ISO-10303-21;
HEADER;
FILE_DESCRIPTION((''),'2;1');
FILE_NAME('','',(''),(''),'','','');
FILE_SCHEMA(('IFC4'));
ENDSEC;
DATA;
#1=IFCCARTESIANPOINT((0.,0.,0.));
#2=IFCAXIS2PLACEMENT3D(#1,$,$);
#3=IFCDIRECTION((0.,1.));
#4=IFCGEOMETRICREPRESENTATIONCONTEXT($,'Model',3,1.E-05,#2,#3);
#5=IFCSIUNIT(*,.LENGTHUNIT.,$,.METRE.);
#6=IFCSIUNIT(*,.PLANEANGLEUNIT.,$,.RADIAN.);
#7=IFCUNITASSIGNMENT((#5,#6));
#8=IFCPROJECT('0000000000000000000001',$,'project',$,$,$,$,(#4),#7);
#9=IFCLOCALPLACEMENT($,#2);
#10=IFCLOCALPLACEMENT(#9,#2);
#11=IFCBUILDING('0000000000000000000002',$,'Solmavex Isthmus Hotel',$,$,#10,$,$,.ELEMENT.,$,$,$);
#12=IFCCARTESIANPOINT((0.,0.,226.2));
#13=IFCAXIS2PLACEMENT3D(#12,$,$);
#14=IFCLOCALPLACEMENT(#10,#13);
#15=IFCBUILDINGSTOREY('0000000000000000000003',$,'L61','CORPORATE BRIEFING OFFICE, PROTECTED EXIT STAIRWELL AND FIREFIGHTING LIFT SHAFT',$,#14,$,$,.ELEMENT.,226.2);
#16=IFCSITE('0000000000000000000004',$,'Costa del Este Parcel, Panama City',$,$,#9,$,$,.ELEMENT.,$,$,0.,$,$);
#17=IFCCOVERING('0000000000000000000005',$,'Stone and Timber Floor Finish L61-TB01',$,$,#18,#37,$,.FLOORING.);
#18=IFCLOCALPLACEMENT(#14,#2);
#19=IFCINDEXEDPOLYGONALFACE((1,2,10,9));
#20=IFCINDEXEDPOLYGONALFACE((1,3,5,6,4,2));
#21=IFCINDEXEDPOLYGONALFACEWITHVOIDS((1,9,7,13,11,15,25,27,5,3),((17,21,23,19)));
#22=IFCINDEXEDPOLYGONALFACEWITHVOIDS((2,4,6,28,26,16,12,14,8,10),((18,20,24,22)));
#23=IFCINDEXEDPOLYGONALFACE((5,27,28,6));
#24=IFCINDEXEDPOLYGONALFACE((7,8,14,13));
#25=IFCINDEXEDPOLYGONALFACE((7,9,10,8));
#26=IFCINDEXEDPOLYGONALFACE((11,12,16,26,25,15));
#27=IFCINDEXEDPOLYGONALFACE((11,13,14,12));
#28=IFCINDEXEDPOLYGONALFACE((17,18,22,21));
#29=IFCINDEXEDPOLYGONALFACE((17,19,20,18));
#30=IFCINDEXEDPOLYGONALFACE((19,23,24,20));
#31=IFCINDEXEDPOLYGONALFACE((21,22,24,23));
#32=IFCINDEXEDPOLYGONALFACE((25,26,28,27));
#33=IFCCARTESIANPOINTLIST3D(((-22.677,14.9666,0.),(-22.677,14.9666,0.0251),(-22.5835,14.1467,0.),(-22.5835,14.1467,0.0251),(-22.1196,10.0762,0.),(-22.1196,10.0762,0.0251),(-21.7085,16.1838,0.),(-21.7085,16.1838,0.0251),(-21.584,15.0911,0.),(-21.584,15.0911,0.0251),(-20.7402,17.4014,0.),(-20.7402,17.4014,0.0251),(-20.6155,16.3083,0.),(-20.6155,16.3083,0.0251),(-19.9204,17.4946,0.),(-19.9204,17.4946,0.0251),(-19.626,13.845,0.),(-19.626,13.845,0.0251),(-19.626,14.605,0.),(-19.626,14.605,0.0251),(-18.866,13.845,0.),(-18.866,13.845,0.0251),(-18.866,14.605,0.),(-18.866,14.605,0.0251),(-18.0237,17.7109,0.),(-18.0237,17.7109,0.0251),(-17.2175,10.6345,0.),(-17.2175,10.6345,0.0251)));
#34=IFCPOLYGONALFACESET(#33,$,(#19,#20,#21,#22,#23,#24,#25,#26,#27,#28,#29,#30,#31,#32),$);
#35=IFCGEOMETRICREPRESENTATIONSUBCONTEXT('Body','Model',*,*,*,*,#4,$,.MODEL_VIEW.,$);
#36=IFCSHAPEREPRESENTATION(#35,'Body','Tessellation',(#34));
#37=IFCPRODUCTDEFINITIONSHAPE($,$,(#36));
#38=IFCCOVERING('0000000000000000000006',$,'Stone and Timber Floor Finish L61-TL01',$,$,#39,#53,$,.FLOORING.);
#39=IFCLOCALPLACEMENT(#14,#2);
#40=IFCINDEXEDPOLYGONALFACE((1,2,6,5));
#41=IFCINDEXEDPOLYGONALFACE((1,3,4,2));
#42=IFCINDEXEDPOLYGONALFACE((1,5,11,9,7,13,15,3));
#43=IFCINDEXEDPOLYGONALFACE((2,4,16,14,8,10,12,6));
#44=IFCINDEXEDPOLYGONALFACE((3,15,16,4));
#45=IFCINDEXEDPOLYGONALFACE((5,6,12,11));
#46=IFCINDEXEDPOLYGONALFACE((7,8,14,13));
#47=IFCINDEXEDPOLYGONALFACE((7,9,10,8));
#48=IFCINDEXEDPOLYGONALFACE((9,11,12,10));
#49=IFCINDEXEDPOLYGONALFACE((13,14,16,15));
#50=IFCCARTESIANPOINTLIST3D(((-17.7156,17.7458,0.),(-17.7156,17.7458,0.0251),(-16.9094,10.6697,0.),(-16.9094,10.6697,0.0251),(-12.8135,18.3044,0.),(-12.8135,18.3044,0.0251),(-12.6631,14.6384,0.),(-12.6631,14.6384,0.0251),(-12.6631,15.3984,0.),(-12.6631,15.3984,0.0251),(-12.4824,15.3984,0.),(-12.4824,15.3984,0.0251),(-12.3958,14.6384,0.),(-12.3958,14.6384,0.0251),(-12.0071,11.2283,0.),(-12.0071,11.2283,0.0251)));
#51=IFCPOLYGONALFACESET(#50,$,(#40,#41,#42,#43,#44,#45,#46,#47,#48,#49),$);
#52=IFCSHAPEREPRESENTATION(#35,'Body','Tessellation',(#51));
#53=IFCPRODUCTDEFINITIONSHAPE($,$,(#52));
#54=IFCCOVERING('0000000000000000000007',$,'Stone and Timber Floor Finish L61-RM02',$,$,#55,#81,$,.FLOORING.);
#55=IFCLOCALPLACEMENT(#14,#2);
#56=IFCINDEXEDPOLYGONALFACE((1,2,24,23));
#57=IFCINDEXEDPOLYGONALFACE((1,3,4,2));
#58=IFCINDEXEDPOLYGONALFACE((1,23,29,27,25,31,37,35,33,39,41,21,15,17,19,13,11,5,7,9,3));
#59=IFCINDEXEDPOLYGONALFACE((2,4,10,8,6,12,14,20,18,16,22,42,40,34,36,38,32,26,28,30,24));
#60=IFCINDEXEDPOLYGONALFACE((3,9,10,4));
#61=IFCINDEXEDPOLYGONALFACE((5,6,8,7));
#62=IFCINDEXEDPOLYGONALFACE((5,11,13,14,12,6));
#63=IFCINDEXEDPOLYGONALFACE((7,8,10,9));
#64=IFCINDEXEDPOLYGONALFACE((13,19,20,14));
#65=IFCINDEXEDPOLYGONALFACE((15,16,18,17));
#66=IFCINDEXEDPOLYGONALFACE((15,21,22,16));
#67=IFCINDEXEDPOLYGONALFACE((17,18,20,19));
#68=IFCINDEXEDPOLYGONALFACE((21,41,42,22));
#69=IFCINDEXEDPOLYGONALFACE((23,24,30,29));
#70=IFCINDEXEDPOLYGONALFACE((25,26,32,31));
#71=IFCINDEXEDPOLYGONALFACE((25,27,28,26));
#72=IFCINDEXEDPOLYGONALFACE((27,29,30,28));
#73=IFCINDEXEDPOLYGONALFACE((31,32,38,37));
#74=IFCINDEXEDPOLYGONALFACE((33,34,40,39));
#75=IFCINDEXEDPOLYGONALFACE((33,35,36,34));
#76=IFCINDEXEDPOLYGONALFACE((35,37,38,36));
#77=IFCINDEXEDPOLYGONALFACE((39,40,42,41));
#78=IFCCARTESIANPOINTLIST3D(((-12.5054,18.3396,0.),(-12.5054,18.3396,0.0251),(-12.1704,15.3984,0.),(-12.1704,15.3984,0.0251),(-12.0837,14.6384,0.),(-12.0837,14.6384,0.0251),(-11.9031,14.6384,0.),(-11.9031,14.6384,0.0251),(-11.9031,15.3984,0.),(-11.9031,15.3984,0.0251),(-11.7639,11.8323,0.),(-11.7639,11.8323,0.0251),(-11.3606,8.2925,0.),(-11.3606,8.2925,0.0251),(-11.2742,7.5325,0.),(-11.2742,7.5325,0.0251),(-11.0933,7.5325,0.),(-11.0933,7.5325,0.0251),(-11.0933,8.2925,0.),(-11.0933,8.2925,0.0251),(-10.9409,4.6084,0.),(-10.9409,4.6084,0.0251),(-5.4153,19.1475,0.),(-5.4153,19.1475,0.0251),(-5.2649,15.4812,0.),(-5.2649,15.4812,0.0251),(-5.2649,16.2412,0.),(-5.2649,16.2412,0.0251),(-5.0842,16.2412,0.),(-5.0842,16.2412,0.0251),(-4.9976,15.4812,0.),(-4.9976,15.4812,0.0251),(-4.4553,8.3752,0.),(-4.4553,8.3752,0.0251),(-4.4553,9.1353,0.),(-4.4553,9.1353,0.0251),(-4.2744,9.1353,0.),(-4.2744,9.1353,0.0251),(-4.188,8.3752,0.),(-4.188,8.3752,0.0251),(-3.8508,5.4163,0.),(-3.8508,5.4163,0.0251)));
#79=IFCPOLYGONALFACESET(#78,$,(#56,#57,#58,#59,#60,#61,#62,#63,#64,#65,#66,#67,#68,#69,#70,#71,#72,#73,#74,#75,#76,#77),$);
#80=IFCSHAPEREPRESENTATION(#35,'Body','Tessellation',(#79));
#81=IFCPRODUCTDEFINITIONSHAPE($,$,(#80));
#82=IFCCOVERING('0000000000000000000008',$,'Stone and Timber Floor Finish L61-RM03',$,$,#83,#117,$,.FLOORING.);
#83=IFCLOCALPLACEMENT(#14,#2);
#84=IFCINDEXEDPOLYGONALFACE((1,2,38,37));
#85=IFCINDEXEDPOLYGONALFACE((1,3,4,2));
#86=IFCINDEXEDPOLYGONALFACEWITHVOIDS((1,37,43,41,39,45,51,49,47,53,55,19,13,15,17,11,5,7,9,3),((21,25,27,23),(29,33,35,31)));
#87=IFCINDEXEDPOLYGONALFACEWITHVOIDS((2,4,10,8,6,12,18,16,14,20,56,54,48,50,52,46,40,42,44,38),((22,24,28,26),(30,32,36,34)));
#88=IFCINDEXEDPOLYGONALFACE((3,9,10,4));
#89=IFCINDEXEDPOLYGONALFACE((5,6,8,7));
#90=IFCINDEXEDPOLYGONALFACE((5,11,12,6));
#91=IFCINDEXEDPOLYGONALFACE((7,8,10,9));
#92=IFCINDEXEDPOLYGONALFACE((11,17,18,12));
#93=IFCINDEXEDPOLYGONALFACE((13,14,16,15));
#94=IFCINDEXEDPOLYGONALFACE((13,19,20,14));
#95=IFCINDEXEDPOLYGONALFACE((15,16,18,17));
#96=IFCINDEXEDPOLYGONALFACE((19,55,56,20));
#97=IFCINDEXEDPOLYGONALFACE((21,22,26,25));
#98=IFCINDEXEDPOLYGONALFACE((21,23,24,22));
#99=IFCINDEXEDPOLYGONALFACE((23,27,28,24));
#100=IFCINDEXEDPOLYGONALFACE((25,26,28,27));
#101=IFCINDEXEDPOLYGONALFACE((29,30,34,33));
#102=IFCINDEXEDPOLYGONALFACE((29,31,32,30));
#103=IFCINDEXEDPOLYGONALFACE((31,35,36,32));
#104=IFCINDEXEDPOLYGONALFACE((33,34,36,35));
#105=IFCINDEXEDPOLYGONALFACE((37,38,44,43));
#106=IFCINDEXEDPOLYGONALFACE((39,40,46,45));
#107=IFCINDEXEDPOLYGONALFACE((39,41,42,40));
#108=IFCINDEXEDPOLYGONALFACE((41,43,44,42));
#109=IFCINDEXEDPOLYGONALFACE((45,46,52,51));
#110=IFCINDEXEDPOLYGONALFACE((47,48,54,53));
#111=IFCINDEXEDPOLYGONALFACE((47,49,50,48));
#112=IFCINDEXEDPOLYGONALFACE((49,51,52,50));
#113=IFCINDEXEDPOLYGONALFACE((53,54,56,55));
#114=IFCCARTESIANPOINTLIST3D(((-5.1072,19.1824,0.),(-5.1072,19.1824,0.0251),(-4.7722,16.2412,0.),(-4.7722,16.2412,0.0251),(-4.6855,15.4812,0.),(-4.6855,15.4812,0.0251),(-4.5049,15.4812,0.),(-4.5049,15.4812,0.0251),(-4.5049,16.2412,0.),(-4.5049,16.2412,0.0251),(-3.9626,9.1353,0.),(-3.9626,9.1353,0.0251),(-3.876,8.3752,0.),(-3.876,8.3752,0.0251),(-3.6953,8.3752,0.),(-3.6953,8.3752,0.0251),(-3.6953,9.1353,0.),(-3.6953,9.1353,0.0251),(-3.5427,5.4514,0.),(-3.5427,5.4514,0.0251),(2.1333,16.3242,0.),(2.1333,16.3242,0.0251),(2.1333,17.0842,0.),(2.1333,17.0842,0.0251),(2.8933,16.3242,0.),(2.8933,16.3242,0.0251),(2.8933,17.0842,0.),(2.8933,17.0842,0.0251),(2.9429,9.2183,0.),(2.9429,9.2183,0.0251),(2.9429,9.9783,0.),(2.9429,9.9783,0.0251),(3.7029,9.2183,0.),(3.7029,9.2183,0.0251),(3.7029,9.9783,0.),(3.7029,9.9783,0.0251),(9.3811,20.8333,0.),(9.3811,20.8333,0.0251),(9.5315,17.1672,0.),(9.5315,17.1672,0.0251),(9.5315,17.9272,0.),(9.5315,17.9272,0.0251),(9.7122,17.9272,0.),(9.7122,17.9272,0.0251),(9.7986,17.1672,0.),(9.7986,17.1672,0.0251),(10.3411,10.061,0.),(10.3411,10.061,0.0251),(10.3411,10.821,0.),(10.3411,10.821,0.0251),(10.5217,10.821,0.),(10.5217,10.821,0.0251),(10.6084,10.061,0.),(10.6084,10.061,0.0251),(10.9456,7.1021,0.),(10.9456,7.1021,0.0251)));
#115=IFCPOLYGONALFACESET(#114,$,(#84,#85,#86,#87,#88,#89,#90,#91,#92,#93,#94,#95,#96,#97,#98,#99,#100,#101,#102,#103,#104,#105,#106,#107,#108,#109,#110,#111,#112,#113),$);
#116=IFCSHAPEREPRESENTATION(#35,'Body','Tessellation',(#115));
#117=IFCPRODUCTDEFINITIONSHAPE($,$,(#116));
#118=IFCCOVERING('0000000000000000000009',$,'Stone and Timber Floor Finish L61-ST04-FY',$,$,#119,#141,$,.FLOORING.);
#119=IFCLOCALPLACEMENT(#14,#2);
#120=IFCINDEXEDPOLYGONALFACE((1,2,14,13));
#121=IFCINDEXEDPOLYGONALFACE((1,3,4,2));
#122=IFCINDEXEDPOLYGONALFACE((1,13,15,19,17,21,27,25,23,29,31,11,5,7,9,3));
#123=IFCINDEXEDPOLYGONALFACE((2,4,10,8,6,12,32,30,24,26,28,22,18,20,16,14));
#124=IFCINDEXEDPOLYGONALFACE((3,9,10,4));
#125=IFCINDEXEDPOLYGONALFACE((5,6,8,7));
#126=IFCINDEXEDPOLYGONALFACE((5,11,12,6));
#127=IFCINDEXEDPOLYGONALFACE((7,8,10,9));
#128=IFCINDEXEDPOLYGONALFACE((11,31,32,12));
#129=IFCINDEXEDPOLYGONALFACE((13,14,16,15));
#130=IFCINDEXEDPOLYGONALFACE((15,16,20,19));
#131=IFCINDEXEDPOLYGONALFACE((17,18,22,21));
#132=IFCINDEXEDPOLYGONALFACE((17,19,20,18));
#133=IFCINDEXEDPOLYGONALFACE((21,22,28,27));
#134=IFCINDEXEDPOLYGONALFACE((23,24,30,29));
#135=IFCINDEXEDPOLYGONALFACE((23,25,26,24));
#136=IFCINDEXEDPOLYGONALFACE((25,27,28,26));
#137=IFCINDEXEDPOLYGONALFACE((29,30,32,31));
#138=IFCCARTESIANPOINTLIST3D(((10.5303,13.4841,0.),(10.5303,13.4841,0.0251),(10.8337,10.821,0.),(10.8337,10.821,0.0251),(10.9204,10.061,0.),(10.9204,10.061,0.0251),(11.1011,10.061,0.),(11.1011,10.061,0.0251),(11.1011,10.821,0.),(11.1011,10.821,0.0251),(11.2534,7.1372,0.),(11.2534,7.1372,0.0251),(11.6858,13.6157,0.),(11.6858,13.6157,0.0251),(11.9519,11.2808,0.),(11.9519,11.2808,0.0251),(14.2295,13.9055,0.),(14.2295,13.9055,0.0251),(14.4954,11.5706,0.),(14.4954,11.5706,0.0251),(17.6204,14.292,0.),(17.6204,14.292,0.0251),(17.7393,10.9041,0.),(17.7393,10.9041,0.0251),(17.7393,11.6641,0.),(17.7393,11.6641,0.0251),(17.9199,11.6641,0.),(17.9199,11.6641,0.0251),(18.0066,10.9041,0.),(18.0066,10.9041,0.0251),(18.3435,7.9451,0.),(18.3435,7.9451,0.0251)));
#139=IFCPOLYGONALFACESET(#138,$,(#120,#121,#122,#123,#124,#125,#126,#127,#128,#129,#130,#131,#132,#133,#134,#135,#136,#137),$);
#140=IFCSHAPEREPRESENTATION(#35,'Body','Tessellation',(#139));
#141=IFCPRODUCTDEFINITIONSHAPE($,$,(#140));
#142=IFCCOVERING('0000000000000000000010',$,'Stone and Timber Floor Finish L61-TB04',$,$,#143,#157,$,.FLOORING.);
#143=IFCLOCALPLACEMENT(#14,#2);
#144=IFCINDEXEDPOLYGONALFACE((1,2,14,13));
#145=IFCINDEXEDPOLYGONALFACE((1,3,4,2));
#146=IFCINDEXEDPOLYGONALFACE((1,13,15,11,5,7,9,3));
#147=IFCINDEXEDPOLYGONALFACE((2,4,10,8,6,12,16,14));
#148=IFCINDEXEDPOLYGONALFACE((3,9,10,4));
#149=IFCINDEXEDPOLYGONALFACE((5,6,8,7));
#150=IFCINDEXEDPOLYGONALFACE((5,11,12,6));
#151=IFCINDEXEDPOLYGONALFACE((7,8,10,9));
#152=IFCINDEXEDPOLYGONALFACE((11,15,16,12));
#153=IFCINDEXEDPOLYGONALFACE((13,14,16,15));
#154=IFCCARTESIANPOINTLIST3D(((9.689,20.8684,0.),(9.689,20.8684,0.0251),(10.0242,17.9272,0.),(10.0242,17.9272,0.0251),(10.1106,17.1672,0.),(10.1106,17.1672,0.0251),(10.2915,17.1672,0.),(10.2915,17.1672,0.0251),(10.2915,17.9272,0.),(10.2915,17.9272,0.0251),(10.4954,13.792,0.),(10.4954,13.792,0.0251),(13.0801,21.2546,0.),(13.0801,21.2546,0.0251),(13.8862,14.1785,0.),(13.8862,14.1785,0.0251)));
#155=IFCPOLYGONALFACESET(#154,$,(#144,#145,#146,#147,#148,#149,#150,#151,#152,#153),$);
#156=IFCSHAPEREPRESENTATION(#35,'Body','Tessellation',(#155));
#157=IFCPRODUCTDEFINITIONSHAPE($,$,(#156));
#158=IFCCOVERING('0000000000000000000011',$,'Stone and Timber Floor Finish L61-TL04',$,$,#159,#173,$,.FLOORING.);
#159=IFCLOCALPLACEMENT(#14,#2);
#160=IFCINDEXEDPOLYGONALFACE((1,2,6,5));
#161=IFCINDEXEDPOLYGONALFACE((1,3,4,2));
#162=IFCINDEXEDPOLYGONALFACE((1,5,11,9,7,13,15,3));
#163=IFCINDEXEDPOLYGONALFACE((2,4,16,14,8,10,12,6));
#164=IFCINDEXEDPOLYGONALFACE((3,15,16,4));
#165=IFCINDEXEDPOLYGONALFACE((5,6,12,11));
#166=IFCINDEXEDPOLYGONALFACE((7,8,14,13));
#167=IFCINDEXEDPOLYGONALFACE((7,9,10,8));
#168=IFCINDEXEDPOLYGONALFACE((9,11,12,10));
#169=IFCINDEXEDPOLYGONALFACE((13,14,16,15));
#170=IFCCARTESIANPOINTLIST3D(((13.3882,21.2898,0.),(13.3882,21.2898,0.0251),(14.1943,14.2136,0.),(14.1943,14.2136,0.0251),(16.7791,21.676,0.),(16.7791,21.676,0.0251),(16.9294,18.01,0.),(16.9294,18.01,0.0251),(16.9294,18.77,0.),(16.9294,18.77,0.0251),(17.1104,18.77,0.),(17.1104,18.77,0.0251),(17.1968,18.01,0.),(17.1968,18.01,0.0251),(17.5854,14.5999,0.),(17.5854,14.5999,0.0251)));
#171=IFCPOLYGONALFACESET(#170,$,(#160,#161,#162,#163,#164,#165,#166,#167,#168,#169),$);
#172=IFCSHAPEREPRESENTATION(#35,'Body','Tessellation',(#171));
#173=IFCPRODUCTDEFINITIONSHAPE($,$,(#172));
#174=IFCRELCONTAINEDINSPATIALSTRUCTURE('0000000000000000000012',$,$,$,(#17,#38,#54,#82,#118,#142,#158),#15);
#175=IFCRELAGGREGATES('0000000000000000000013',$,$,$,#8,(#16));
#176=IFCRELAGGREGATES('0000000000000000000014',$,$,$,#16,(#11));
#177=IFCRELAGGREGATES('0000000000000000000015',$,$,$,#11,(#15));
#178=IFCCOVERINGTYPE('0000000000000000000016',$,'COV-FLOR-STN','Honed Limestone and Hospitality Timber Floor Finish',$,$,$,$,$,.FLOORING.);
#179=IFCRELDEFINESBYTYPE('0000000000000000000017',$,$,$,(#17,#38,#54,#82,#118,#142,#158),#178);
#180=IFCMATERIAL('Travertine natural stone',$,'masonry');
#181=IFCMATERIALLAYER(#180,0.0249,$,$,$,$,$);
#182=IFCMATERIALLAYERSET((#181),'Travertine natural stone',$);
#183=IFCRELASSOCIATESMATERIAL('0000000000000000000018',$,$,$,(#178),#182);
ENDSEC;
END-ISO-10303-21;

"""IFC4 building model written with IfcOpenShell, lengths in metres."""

from ifc_helpers import new_model, si_unit, direction, frame, origin, place, context, subcontext, project, spatial, polyline, outline, extrude, material, layer, layer_set, type_object, element, save


model = new_model("IFC4")

# Units and contexts
model_context = context("Model", 3, precision=1e-05, world=origin(), true_north=direction((0.0, 1.0)))
body_context = subcontext(model_context, "Body", "Model", "MODEL_VIEW")
ifc_project = project(units=[si_unit("LENGTHUNIT", "METRE"), si_unit("PLANEANGLEUNIT", "RADIAN")], contexts=[model_context])

# Site, building, storey
site_placement = place(None, origin())
site = spatial("IfcSite", under=ifc_project, at=site_placement, Name="Costa del Este Parcel, Panama City", CompositionType="ELEMENT", RefElevation=0.0)
building_placement = place(site_placement, origin())
building = spatial("IfcBuilding", under=site, at=building_placement, Name="Solmavex Isthmus Hotel", CompositionType="ELEMENT")
storey_placement = place(building_placement, frame((0.0, 0.0, 226.2)))
storey = spatial("IfcBuildingStorey", under=building, at=storey_placement, Name="L61", Description="CORPORATE BRIEFING OFFICE, PROTECTED EXIT STAIRWELL AND FIREFIGHTING LIFT SHAFT", CompositionType="ELEMENT", Elevation=226.2)

# Coverings
ifc_material_1 = material(Name="Travertine natural stone", Category="masonry")
ifc_layer_1 = layer(ifc_material_1, 0.0249)
ifc_layer_set_1 = layer_set([ifc_layer_1], Name="Travertine natural stone")
covering_type_1 = type_object("IfcCoveringType", Name="COV-FLOR-STN", Description="Honed Limestone and Hospitality Timber Floor Finish", PredefinedType="FLOORING", material=ifc_layer_set_1)
covering_1_placement = place(storey_placement, origin())
element("IfcCovering", 1, at=covering_1_placement, inside=storey, type_object=covering_type_1, Name="Stone and Timber Floor Finish L61-TB01", PredefinedType="FLOORING", context=body_context, shape_type="SweptSolid", body=[
    extrude(outline(polyline([(-22.677, 14.9666), (-22.5835, 14.1467), (-22.1196, 10.0762), (-17.2175, 10.6345), (-18.0237, 17.7109), (-19.9204, 17.4946), (-20.7402, 17.4014), (-20.6155, 16.3083), (-21.7085, 16.1838), (-21.584, 15.0911), (-22.677, 14.9666)]), holes=[polyline([(-19.626, 13.845), (-19.626, 14.605), (-18.866, 14.605), (-18.866, 13.845), (-19.626, 13.845)])]), origin(), (0.0, 0.0, 1.0), 0.0251),
])
covering_2_placement = place(storey_placement, origin())
element("IfcCovering", 2, at=covering_2_placement, inside=storey, type_object=covering_type_1, Name="Stone and Timber Floor Finish L61-TL01", PredefinedType="FLOORING", context=body_context, shape_type="SweptSolid", body=[
    extrude(outline(polyline([(-12.3958, 14.6384), (-12.6631, 14.6384), (-12.6631, 15.3984), (-12.4824, 15.3984), (-12.8135, 18.3044), (-17.7156, 17.7458), (-16.9094, 10.6697), (-12.0071, 11.2283), (-12.3958, 14.6384)])), origin(), (0.0, 0.0, 1.0), 0.0251),
])
covering_3_placement = place(storey_placement, origin())
element("IfcCovering", 3, at=covering_3_placement, inside=storey, type_object=covering_type_1, Name="Stone and Timber Floor Finish L61-RM02", PredefinedType="FLOORING", context=body_context, shape_type="SweptSolid", body=[
    extrude(outline(polyline([(-11.3606, 8.2925), (-11.0933, 8.2925), (-11.0933, 7.5325), (-11.2742, 7.5325), (-10.9409, 4.6084), (-3.8508, 5.4163), (-4.188, 8.3752), (-4.4553, 8.3752), (-4.4553, 9.1353), (-4.2744, 9.1353), (-4.9976, 15.4812), (-5.2649, 15.4812), (-5.2649, 16.2412), (-5.0842, 16.2412), (-5.4153, 19.1475), (-12.5054, 18.3396), (-12.1704, 15.3984), (-11.9031, 15.3984), (-11.9031, 14.6384), (-12.0837, 14.6384), (-11.7639, 11.8323), (-11.3606, 8.2925)])), origin(), (0.0, 0.0, 1.0), 0.0251),
])
covering_4_placement = place(storey_placement, origin())
element("IfcCovering", 4, at=covering_4_placement, inside=storey, type_object=covering_type_1, Name="Stone and Timber Floor Finish L61-RM03", PredefinedType="FLOORING", context=body_context, shape_type="SweptSolid", body=[
    extrude(outline(polyline([(-3.9626, 9.1353), (-3.6953, 9.1353), (-3.6953, 8.3752), (-3.876, 8.3752), (-3.5427, 5.4514), (10.9456, 7.1021), (10.6084, 10.061), (10.3411, 10.061), (10.3411, 10.821), (10.5217, 10.821), (9.7986, 17.1672), (9.5315, 17.1672), (9.5315, 17.9272), (9.7122, 17.9272), (9.3811, 20.8333), (-5.1072, 19.1824), (-4.7722, 16.2412), (-4.5049, 16.2412), (-4.5049, 15.4812), (-4.6855, 15.4812), (-3.9626, 9.1353)]), holes=[polyline([(2.9429, 9.2183), (2.9429, 9.9783), (3.7029, 9.9783), (3.7029, 9.2183), (2.9429, 9.2183)]), polyline([(2.1333, 16.3242), (2.1333, 17.0842), (2.8933, 17.0842), (2.8933, 16.3242), (2.1333, 16.3242)])]), origin(), (0.0, 0.0, 1.0), 0.0251),
])
covering_5_placement = place(storey_placement, origin())
element("IfcCovering", 5, at=covering_5_placement, inside=storey, type_object=covering_type_1, Name="Stone and Timber Floor Finish L61-ST04-FY", PredefinedType="FLOORING", context=body_context, shape_type="SweptSolid", body=[
    extrude(outline(polyline([(11.6858, 13.6157), (10.5303, 13.4841), (10.8337, 10.821), (11.1011, 10.821), (11.1011, 10.061), (10.9204, 10.061), (11.2534, 7.1372), (18.3435, 7.9451), (18.0066, 10.9041), (17.7393, 10.9041), (17.7393, 11.6641), (17.9199, 11.6641), (17.6204, 14.292), (14.2295, 13.9055), (14.4954, 11.5706), (11.9519, 11.2808), (11.6858, 13.6157)])), origin(), (0.0, 0.0, 1.0), 0.0251),
])
covering_6_placement = place(storey_placement, origin())
element("IfcCovering", 6, at=covering_6_placement, inside=storey, type_object=covering_type_1, Name="Stone and Timber Floor Finish L61-TB04", PredefinedType="FLOORING", context=body_context, shape_type="SweptSolid", body=[
    extrude(outline(polyline([(10.0242, 17.9272), (10.2915, 17.9272), (10.2915, 17.1672), (10.1106, 17.1672), (10.4954, 13.792), (13.8862, 14.1785), (13.0801, 21.2546), (9.689, 20.8684), (10.0242, 17.9272)])), origin(), (0.0, 0.0, 1.0), 0.0251),
])
covering_7_placement = place(storey_placement, origin())
element("IfcCovering", 7, at=covering_7_placement, inside=storey, type_object=covering_type_1, Name="Stone and Timber Floor Finish L61-TL04", PredefinedType="FLOORING", context=body_context, shape_type="SweptSolid", body=[
    extrude(outline(polyline([(17.1968, 18.01), (16.9294, 18.01), (16.9294, 18.77), (17.1104, 18.77), (16.7791, 21.676), (13.3882, 21.2898), (14.1943, 14.2136), (17.5854, 14.5999), (17.1968, 18.01)])), origin(), (0.0, 0.0, 1.0), 0.0251),
])

save(model, "model.ifc")
